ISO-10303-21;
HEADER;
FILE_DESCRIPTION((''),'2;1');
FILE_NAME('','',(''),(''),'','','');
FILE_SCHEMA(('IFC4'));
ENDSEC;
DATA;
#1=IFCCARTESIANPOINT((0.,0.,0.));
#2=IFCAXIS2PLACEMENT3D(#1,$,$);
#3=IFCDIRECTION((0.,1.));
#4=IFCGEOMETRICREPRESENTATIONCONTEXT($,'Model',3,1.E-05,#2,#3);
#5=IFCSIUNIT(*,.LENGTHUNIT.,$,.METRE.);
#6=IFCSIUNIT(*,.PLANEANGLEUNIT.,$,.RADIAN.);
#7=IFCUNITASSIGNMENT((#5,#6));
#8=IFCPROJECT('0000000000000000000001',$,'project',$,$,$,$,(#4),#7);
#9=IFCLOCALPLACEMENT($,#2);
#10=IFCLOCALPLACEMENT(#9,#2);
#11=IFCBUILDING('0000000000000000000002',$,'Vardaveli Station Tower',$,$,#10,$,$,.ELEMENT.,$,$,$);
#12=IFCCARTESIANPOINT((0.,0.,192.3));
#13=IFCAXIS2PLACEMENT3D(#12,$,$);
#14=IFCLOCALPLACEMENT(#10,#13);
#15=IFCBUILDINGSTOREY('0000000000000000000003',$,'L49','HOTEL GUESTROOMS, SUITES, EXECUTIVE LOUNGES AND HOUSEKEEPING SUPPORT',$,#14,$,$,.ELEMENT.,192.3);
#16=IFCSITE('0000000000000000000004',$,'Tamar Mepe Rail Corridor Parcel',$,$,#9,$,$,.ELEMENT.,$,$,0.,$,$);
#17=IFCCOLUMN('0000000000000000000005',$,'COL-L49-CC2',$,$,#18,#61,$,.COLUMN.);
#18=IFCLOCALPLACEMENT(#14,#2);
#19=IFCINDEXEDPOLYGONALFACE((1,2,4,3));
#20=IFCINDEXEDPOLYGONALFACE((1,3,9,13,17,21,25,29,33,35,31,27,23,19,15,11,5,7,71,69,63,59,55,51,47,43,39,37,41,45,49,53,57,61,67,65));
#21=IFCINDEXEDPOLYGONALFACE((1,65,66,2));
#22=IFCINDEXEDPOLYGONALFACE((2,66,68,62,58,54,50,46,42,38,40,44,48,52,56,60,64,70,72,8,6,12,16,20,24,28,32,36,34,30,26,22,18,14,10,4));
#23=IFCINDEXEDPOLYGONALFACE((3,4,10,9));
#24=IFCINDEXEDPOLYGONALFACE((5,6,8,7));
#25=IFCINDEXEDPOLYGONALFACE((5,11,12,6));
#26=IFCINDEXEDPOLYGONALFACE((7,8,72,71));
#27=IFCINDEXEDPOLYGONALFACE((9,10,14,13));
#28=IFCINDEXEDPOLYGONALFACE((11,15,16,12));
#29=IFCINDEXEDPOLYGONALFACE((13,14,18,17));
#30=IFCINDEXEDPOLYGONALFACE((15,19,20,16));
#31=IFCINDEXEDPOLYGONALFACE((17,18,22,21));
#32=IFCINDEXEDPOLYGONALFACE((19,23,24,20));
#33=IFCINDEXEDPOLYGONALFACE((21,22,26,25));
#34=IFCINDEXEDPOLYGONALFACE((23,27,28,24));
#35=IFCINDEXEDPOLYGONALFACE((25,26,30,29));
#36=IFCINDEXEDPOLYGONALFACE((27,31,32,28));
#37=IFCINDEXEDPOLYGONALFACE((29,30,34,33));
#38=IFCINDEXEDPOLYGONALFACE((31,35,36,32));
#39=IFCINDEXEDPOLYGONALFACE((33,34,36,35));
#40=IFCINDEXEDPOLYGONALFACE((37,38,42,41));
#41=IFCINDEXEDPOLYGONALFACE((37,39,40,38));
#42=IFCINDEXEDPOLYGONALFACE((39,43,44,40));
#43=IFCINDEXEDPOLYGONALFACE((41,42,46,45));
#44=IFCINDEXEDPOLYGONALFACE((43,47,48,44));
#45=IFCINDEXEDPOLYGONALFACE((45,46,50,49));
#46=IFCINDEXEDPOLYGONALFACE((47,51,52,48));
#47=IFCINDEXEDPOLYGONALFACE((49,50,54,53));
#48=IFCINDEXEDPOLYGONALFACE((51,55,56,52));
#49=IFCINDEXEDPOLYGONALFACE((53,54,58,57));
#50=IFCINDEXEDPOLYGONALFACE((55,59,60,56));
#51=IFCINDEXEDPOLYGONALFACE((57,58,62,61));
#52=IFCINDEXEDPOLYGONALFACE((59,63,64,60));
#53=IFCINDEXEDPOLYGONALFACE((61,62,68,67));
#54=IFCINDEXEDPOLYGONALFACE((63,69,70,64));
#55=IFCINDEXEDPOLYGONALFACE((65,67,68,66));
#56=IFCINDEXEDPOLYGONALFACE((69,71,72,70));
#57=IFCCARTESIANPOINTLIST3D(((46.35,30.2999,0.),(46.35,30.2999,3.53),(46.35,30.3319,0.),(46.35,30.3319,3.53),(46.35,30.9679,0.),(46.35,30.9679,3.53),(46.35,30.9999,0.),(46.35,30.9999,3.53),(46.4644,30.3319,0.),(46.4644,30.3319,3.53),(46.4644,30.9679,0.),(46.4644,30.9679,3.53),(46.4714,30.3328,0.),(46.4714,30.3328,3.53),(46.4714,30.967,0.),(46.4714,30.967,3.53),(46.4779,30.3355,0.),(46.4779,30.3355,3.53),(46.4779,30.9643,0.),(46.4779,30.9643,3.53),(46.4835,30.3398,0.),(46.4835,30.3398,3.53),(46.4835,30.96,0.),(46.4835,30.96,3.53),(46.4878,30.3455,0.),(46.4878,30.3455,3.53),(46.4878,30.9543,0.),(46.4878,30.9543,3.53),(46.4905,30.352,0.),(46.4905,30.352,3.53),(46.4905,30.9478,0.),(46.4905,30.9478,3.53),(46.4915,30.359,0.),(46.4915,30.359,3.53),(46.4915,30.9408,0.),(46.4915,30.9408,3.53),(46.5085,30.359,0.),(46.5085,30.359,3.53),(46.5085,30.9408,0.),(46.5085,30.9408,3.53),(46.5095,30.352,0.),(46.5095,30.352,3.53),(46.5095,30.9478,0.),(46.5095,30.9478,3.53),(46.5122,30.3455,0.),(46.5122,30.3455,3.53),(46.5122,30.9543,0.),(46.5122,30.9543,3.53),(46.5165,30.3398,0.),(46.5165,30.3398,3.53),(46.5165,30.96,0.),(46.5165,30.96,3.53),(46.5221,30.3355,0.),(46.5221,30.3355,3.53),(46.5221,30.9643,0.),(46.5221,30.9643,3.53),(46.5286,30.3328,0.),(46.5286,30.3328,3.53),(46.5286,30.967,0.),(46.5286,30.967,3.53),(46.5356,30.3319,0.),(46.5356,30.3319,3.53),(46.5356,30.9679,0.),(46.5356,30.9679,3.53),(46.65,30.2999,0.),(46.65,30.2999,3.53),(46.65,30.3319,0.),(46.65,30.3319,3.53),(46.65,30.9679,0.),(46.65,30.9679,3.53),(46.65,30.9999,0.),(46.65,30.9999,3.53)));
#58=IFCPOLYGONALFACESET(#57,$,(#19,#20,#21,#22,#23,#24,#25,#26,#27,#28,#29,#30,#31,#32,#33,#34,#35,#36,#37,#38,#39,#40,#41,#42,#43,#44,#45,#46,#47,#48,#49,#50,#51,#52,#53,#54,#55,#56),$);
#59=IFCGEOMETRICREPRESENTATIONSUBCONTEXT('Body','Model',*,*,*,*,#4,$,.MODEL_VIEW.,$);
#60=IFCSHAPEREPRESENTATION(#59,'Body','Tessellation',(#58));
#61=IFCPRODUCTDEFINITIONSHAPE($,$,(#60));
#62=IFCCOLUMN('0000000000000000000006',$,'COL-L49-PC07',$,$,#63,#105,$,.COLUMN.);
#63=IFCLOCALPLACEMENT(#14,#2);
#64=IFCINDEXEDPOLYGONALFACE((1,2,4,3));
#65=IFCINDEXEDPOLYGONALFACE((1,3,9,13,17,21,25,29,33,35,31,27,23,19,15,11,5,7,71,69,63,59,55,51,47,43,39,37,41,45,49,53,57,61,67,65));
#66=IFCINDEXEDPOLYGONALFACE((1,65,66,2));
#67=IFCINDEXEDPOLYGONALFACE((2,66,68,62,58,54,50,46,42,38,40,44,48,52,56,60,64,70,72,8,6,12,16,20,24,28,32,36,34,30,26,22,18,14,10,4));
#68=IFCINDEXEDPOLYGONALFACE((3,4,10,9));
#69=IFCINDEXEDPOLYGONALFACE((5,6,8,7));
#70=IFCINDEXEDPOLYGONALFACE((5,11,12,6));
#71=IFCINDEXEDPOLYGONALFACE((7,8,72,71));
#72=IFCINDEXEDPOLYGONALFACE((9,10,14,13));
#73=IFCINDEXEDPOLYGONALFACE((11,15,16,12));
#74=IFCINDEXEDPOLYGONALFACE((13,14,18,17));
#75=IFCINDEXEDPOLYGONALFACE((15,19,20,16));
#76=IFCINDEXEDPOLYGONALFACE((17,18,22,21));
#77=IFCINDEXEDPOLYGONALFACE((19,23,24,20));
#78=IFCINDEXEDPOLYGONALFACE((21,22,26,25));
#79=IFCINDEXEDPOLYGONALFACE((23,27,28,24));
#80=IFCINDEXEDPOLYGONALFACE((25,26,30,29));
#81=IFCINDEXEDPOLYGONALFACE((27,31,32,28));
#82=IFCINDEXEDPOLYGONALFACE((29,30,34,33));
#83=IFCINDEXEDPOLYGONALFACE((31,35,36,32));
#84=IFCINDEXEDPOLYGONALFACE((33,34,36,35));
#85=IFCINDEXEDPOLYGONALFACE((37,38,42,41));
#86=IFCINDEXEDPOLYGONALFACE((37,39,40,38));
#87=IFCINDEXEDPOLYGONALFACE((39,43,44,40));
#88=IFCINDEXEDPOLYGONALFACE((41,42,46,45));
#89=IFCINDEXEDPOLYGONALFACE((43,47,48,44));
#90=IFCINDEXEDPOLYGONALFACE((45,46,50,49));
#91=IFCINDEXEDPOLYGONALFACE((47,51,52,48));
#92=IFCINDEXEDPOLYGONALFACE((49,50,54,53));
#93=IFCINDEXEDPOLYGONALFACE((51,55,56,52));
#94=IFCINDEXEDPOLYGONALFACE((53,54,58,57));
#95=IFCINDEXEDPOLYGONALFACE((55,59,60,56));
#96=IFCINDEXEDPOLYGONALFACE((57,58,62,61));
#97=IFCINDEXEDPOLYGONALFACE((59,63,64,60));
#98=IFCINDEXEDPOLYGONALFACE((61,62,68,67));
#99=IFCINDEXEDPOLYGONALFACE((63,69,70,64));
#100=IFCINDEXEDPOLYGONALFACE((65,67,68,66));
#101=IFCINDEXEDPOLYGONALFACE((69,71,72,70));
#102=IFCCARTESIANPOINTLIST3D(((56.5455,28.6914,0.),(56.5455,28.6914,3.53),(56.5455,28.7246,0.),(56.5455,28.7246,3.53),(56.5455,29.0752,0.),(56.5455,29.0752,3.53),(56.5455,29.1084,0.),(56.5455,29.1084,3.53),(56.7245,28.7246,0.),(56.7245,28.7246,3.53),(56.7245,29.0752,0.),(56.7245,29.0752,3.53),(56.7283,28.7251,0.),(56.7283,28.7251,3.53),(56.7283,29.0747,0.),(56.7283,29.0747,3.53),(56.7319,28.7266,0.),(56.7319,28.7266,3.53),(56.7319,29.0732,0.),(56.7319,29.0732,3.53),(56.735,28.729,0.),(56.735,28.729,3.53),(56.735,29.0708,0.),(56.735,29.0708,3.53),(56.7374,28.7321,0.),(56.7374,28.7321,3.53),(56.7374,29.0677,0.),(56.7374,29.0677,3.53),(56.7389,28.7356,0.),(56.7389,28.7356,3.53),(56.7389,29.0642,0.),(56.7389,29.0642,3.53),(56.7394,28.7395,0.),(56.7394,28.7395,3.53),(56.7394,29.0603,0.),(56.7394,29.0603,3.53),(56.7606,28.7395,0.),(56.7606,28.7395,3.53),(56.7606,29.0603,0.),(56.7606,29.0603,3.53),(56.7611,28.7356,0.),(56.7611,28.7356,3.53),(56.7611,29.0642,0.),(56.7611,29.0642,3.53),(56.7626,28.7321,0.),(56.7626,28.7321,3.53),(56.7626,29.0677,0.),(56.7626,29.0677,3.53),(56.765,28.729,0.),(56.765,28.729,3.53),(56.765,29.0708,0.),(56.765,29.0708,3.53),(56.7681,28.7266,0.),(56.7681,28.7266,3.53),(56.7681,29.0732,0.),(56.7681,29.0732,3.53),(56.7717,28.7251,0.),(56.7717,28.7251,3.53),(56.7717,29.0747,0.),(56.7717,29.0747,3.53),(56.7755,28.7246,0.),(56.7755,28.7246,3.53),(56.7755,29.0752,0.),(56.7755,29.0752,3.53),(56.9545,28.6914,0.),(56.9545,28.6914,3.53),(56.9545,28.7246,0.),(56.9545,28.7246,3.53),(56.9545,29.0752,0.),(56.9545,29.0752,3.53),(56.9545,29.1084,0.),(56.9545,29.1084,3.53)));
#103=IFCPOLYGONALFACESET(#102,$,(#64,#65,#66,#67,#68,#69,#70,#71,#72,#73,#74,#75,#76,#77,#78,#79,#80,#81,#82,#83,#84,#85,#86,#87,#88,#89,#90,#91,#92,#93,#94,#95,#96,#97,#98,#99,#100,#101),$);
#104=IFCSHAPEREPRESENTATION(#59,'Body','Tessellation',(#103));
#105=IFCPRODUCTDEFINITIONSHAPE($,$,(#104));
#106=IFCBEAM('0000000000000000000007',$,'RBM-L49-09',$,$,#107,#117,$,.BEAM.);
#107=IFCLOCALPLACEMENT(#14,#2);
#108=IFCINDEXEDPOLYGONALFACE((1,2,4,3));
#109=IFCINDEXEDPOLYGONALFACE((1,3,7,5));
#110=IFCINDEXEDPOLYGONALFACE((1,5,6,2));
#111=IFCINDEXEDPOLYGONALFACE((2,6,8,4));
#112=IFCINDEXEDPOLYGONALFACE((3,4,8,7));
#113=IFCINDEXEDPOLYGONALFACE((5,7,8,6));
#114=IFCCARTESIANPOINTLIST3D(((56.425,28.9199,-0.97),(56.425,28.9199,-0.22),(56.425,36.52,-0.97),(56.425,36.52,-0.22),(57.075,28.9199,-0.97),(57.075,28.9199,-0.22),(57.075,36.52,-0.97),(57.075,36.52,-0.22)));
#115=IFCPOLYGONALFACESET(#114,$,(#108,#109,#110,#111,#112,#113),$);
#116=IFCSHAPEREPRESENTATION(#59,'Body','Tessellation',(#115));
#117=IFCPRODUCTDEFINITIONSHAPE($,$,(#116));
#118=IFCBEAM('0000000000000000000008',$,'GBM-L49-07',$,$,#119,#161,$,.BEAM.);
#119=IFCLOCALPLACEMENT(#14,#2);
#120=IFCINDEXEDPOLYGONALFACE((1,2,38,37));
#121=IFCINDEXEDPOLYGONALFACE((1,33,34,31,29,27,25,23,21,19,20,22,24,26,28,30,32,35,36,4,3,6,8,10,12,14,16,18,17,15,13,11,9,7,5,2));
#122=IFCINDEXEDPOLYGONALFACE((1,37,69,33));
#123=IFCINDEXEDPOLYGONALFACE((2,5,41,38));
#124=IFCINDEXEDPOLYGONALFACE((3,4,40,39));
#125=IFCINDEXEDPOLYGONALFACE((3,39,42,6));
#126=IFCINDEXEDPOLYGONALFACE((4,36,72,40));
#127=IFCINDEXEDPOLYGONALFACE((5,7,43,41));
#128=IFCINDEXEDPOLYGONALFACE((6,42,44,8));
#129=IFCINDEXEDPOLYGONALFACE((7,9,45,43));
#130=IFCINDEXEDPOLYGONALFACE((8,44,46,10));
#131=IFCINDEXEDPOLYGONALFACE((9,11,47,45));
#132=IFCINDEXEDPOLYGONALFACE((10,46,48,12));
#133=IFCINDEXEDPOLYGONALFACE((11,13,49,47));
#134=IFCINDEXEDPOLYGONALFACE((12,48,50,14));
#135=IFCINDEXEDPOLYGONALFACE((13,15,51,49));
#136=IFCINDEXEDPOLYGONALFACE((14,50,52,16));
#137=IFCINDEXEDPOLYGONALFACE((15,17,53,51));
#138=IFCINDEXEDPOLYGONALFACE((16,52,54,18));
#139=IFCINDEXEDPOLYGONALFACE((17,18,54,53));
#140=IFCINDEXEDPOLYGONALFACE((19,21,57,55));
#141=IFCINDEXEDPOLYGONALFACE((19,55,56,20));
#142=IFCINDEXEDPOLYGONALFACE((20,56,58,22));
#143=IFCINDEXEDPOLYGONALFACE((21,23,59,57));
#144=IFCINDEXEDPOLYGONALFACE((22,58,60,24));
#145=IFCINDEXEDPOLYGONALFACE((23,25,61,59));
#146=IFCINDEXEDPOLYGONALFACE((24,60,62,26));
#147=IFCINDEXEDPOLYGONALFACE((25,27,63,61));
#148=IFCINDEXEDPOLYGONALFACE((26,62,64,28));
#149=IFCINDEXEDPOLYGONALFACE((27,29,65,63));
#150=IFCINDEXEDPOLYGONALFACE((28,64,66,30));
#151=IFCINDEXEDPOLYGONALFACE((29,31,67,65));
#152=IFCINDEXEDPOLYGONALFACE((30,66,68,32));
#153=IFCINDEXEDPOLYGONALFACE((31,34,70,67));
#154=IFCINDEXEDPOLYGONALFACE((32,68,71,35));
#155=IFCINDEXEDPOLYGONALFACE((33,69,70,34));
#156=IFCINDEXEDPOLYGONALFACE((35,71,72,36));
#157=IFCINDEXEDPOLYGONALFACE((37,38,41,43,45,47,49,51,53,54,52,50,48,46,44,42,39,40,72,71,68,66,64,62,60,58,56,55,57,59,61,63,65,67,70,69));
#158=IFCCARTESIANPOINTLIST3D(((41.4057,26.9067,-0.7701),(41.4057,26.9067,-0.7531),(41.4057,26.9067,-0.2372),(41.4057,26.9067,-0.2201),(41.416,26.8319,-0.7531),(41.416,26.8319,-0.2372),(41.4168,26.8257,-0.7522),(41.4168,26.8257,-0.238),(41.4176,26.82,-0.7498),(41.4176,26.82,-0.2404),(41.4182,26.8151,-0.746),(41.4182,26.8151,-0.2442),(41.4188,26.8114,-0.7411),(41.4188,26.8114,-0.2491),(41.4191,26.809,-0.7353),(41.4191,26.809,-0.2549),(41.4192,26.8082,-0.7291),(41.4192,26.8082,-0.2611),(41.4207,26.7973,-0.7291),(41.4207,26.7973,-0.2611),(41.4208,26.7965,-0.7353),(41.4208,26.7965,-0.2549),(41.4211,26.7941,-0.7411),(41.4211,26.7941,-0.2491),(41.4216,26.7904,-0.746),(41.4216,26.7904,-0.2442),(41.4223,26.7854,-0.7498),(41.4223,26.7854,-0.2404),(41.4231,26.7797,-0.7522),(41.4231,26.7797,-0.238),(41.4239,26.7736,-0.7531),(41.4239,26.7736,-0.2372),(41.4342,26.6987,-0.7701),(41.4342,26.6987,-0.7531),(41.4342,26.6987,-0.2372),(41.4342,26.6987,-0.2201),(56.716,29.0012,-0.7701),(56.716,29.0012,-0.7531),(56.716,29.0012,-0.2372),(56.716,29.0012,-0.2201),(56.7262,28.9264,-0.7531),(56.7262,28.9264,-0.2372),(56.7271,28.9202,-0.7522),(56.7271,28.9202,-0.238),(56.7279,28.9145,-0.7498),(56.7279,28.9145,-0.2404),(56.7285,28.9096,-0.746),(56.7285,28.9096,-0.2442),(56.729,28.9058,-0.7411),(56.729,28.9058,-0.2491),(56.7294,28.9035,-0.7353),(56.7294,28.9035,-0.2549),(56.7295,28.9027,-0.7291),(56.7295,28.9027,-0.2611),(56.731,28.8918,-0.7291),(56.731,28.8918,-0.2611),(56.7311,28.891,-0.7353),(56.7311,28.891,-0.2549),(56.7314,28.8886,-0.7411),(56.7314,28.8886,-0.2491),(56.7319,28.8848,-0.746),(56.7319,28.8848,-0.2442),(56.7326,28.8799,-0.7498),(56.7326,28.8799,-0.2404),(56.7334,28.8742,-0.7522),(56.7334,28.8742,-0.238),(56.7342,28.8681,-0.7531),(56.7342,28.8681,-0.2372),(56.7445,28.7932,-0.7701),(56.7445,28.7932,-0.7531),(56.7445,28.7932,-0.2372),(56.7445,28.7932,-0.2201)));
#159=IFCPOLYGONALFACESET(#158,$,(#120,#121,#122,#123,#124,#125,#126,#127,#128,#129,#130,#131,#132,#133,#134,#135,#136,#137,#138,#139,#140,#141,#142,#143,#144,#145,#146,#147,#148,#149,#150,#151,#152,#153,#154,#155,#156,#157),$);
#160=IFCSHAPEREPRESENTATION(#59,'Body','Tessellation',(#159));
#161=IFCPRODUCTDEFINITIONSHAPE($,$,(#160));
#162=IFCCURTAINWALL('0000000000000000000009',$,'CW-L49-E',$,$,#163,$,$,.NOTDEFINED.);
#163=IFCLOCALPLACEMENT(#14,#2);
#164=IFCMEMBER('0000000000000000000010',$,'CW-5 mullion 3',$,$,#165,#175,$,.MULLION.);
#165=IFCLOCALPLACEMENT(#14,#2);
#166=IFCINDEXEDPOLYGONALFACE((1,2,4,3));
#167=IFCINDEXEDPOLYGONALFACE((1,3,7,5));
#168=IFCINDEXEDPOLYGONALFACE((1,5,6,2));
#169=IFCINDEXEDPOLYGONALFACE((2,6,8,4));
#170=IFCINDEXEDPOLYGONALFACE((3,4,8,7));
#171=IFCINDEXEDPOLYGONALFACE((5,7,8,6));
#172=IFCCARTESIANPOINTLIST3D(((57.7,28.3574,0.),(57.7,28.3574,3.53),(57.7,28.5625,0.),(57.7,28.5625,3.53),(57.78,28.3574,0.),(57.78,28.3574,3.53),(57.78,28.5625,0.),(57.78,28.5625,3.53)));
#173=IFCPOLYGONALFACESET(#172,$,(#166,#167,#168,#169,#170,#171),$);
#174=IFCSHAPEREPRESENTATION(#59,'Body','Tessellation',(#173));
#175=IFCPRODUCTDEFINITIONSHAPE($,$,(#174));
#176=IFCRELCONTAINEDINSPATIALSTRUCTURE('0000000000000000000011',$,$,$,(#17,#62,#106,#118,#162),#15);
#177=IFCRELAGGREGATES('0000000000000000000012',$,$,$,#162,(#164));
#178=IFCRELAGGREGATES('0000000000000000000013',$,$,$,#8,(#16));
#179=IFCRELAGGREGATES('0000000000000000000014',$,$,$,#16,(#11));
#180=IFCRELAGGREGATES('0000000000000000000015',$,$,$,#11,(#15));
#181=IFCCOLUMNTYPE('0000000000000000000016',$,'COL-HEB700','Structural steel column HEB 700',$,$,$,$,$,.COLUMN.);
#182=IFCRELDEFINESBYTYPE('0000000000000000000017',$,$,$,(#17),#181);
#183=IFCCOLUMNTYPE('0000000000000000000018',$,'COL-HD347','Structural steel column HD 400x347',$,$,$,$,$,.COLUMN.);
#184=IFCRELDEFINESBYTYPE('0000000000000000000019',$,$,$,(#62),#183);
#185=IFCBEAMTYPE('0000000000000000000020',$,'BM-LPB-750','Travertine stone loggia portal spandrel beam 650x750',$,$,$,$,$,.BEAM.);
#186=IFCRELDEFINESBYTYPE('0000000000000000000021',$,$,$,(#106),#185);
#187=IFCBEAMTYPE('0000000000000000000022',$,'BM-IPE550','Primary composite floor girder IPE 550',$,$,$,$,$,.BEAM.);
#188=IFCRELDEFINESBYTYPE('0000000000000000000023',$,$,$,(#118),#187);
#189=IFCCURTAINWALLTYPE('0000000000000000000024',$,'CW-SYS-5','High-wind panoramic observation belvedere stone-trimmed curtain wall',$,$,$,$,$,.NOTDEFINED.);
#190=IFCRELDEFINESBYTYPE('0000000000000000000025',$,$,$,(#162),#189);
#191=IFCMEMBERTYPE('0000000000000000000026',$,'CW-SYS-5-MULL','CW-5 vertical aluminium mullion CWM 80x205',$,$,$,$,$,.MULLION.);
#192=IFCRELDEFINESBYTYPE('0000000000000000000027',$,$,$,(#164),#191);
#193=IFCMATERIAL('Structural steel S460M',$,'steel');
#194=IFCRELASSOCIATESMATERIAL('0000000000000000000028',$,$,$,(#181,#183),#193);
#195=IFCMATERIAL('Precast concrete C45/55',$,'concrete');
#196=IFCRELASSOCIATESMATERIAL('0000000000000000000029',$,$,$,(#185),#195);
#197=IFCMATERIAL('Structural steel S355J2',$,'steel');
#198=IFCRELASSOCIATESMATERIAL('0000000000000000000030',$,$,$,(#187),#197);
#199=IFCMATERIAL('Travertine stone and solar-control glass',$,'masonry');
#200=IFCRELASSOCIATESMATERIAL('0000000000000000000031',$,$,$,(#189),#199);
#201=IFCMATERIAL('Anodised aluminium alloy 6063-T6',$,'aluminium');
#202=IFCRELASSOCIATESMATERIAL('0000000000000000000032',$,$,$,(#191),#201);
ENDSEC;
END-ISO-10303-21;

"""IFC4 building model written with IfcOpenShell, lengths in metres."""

from ifc_helpers import new_model, si_unit, direction, frame, origin, origin_2d, place, context, subcontext, project, spatial, rectangle, i_section, extrude, source, transform, mapped, material, material_profile, profile_set, type_object, element, aggregate, save


model = new_model("IFC4")

# Units and contexts
model_context = context("Model", 3, precision=1e-05, world=origin(), true_north=direction((0.0, 1.0)))
body_context = subcontext(model_context, "Body", "Model", "MODEL_VIEW")
ifc_project = project(units=[si_unit("LENGTHUNIT", "METRE"), si_unit("PLANEANGLEUNIT", "RADIAN")], contexts=[model_context])

# Site, building, storey
site_placement = place(None, origin())
site = spatial("IfcSite", under=ifc_project, at=site_placement, Name="Tamar Mepe Rail Corridor Parcel", CompositionType="ELEMENT", RefElevation=0.0)
building_placement = place(site_placement, origin())
building = spatial("IfcBuilding", under=site, at=building_placement, Name="Vardaveli Station Tower", CompositionType="ELEMENT")
storey_placement = place(building_placement, frame((0.0, 0.0, 192.3)))
storey = spatial("IfcBuildingStorey", under=building, at=storey_placement, Name="L49", Description="HOTEL GUESTROOMS, SUITES, EXECUTIVE LOUNGES AND HOUSEKEEPING SUPPORT", CompositionType="ELEMENT", Elevation=192.3)

# Columns
ifc_material_1 = material(Name="Structural steel S460M", Category="steel")
ifc_material_profile_1 = material_profile(ifc_material_1, i_section(OverallWidth=0.3, OverallDepth=0.7, WebThickness=0.0171, FlangeThickness=0.032, FilletRadius=0.0271, at=origin_2d()), Name="HEB 700")
ifc_profile_set_1 = profile_set([ifc_material_profile_1], Name="Structural steel S460M")
column_type_1 = type_object("IfcColumnType", Name="COL-HEB700", Description="Structural steel column HEB 700", PredefinedType="COLUMN", material=ifc_profile_set_1)
shared_shape_1 = source(origin(), body_context, "Body", "SweptSolid", [
    extrude(i_section(OverallWidth=0.3, OverallDepth=0.7, WebThickness=0.0171, FlangeThickness=0.032, FilletRadius=0.0271, at=origin_2d()), origin(), (0.0, 0.0, 1.0), 3.53),
])
column_1_placement = place(storey_placement, frame((46.5, 30.6499, 0.0), z_axis=(0.0, 0.0, 1.0), x_axis=(1.0, 0.0, 0.0)))
element("IfcColumn", 1, at=column_1_placement, inside=storey, type_object=column_type_1, Name="COL-L49-CC2", PredefinedType="COLUMN", context=body_context, shape_type="MappedRepresentation", body=[
    mapped(shared_shape_1, transform((0.0, 0.0, 0.0), scale=1.0)),
])
ifc_material_profile_2 = material_profile(ifc_material_1, i_section(OverallWidth=0.4089, OverallDepth=0.417, WebThickness=0.0212, FlangeThickness=0.0332, FilletRadius=0.0149, at=origin_2d()), Name="HD 400x347")
ifc_profile_set_2 = profile_set([ifc_material_profile_2], Name="Structural steel S460M")
column_type_2 = type_object("IfcColumnType", Name="COL-HD347", Description="Structural steel column HD 400x347", PredefinedType="COLUMN", material=ifc_profile_set_2)
shared_shape_2 = source(origin(), body_context, "Body", "SweptSolid", [
    extrude(i_section(OverallWidth=0.4089, OverallDepth=0.417, WebThickness=0.0212, FlangeThickness=0.0332, FilletRadius=0.0149, at=origin_2d()), origin(), (0.0, 0.0, 1.0), 3.53),
])
column_2_placement = place(storey_placement, frame((56.75, 28.8999, 0.0), z_axis=(0.0, 0.0, 1.0), x_axis=(1.0, 0.0, 0.0)))
element("IfcColumn", 2, at=column_2_placement, inside=storey, type_object=column_type_2, Name="COL-L49-PC07", PredefinedType="COLUMN", context=body_context, shape_type="MappedRepresentation", body=[
    mapped(shared_shape_2, transform((0.0, 0.0, 0.0), scale=1.0)),
])

# Beams
ifc_material_2 = material(Name="Precast concrete C45/55", Category="concrete")
ifc_material_profile_3 = material_profile(ifc_material_2, rectangle(XDim=0.6499, YDim=0.75, at=origin_2d()), Name="LPB 650x750")
ifc_profile_set_3 = profile_set([ifc_material_profile_3], Name="Precast concrete C45/55")
beam_type_1 = type_object("IfcBeamType", Name="BM-LPB-750", Description="Travertine stone loggia portal spandrel beam 650x750", PredefinedType="BEAM", material=ifc_profile_set_3)
shared_shape_3 = source(origin(), body_context, "Body", "SweptSolid", [
    extrude(rectangle(XDim=0.6499, YDim=0.75, at=origin_2d()), origin(), (0.0, 0.0, 1.0), 7.6001),
])
beam_1_placement = place(storey_placement, frame((56.75, 28.9199, -0.595), z_axis=(0.0, 1.0, 0.0), x_axis=(-1.0, 0.0, 0.0)))
element("IfcBeam", 3, at=beam_1_placement, inside=storey, type_object=beam_type_1, Name="RBM-L49-09", PredefinedType="BEAM", context=body_context, shape_type="MappedRepresentation", body=[
    mapped(shared_shape_3, transform((0.0, 0.0, 0.0), scale=1.0)),
])
ifc_material_3 = material(Name="Structural steel S355J2", Category="steel")
ifc_material_profile_4 = material_profile(ifc_material_3, i_section(OverallWidth=0.21, OverallDepth=0.55, WebThickness=0.011, FlangeThickness=0.0171, FilletRadius=0.0239, at=origin_2d()), Name="IPE 550")
ifc_profile_set_4 = profile_set([ifc_material_profile_4], Name="Structural steel S355J2")
beam_type_2 = type_object("IfcBeamType", Name="BM-IPE550", Description="Primary composite floor girder IPE 550", PredefinedType="BEAM", material=ifc_profile_set_4)
shared_shape_4 = source(origin(), body_context, "Body", "SweptSolid", [
    extrude(i_section(OverallWidth=0.21, OverallDepth=0.55, WebThickness=0.011, FlangeThickness=0.0171, FilletRadius=0.0239, at=origin_2d()), origin(), (0.0, 0.0, 1.0), 15.4529),
])
beam_2_placement = place(storey_placement, frame((56.7302, 28.8972, -0.4951), z_axis=(-0.990772, -0.13554, 0.0), x_axis=(0.13554, -0.990772, 0.0)))
element("IfcBeam", 4, at=beam_2_placement, inside=storey, type_object=beam_type_2, Name="GBM-L49-07", PredefinedType="BEAM", context=body_context, shape_type="MappedRepresentation", body=[
    mapped(shared_shape_4, transform((0.0, 0.0, 0.0), scale=1.0)),
])

# Curtain wall, member
ifc_material_4 = material(Name="Travertine stone and solar-control glass", Category="masonry")
curtain_wall_type = type_object("IfcCurtainWallType", Name="CW-SYS-5", Description="High-wind panoramic observation belvedere stone-trimmed curtain wall", PredefinedType="NOTDEFINED", material=ifc_material_4)
curtain_wall_placement = place(storey_placement, origin())
curtain_wall = element("IfcCurtainWall", 5, at=curtain_wall_placement, inside=storey, type_object=curtain_wall_type, Name="CW-L49-E", PredefinedType="NOTDEFINED")
ifc_material_5 = material(Name="Anodised aluminium alloy 6063-T6", Category="aluminium")
ifc_material_profile_5 = material_profile(ifc_material_5, rectangle(XDim=0.0801, YDim=0.2051, at=origin_2d()), Name="CWM 80x205")
ifc_profile_set_5 = profile_set([ifc_material_profile_5], Name="Anodised aluminium alloy 6063-T6")
member_type = type_object("IfcMemberType", Name="CW-SYS-5-MULL", Description="CW-5 vertical aluminium mullion CWM 80x205", PredefinedType="MULLION", material=ifc_profile_set_5)
shared_shape_5 = source(origin(), body_context, "Body", "SweptSolid", [
    extrude(rectangle(XDim=0.0801, YDim=0.2051, at=origin_2d()), origin(), (0.0, 0.0, 1.0), 3.53),
])
member_placement = place(storey_placement, frame((57.74, 28.46, 0.0), z_axis=(0.0, 0.0, 1.0), x_axis=(-1.0, 0.0, 0.0)))
member = element("IfcMember", 6, at=member_placement, type_object=member_type, Name="CW-5 mullion 3", PredefinedType="MULLION", context=body_context, shape_type="MappedRepresentation", body=[
    mapped(shared_shape_5, transform((0.0, 0.0, 0.0), scale=1.0)),
])
aggregate(curtain_wall, [member])

save(model, "model.ifc")
